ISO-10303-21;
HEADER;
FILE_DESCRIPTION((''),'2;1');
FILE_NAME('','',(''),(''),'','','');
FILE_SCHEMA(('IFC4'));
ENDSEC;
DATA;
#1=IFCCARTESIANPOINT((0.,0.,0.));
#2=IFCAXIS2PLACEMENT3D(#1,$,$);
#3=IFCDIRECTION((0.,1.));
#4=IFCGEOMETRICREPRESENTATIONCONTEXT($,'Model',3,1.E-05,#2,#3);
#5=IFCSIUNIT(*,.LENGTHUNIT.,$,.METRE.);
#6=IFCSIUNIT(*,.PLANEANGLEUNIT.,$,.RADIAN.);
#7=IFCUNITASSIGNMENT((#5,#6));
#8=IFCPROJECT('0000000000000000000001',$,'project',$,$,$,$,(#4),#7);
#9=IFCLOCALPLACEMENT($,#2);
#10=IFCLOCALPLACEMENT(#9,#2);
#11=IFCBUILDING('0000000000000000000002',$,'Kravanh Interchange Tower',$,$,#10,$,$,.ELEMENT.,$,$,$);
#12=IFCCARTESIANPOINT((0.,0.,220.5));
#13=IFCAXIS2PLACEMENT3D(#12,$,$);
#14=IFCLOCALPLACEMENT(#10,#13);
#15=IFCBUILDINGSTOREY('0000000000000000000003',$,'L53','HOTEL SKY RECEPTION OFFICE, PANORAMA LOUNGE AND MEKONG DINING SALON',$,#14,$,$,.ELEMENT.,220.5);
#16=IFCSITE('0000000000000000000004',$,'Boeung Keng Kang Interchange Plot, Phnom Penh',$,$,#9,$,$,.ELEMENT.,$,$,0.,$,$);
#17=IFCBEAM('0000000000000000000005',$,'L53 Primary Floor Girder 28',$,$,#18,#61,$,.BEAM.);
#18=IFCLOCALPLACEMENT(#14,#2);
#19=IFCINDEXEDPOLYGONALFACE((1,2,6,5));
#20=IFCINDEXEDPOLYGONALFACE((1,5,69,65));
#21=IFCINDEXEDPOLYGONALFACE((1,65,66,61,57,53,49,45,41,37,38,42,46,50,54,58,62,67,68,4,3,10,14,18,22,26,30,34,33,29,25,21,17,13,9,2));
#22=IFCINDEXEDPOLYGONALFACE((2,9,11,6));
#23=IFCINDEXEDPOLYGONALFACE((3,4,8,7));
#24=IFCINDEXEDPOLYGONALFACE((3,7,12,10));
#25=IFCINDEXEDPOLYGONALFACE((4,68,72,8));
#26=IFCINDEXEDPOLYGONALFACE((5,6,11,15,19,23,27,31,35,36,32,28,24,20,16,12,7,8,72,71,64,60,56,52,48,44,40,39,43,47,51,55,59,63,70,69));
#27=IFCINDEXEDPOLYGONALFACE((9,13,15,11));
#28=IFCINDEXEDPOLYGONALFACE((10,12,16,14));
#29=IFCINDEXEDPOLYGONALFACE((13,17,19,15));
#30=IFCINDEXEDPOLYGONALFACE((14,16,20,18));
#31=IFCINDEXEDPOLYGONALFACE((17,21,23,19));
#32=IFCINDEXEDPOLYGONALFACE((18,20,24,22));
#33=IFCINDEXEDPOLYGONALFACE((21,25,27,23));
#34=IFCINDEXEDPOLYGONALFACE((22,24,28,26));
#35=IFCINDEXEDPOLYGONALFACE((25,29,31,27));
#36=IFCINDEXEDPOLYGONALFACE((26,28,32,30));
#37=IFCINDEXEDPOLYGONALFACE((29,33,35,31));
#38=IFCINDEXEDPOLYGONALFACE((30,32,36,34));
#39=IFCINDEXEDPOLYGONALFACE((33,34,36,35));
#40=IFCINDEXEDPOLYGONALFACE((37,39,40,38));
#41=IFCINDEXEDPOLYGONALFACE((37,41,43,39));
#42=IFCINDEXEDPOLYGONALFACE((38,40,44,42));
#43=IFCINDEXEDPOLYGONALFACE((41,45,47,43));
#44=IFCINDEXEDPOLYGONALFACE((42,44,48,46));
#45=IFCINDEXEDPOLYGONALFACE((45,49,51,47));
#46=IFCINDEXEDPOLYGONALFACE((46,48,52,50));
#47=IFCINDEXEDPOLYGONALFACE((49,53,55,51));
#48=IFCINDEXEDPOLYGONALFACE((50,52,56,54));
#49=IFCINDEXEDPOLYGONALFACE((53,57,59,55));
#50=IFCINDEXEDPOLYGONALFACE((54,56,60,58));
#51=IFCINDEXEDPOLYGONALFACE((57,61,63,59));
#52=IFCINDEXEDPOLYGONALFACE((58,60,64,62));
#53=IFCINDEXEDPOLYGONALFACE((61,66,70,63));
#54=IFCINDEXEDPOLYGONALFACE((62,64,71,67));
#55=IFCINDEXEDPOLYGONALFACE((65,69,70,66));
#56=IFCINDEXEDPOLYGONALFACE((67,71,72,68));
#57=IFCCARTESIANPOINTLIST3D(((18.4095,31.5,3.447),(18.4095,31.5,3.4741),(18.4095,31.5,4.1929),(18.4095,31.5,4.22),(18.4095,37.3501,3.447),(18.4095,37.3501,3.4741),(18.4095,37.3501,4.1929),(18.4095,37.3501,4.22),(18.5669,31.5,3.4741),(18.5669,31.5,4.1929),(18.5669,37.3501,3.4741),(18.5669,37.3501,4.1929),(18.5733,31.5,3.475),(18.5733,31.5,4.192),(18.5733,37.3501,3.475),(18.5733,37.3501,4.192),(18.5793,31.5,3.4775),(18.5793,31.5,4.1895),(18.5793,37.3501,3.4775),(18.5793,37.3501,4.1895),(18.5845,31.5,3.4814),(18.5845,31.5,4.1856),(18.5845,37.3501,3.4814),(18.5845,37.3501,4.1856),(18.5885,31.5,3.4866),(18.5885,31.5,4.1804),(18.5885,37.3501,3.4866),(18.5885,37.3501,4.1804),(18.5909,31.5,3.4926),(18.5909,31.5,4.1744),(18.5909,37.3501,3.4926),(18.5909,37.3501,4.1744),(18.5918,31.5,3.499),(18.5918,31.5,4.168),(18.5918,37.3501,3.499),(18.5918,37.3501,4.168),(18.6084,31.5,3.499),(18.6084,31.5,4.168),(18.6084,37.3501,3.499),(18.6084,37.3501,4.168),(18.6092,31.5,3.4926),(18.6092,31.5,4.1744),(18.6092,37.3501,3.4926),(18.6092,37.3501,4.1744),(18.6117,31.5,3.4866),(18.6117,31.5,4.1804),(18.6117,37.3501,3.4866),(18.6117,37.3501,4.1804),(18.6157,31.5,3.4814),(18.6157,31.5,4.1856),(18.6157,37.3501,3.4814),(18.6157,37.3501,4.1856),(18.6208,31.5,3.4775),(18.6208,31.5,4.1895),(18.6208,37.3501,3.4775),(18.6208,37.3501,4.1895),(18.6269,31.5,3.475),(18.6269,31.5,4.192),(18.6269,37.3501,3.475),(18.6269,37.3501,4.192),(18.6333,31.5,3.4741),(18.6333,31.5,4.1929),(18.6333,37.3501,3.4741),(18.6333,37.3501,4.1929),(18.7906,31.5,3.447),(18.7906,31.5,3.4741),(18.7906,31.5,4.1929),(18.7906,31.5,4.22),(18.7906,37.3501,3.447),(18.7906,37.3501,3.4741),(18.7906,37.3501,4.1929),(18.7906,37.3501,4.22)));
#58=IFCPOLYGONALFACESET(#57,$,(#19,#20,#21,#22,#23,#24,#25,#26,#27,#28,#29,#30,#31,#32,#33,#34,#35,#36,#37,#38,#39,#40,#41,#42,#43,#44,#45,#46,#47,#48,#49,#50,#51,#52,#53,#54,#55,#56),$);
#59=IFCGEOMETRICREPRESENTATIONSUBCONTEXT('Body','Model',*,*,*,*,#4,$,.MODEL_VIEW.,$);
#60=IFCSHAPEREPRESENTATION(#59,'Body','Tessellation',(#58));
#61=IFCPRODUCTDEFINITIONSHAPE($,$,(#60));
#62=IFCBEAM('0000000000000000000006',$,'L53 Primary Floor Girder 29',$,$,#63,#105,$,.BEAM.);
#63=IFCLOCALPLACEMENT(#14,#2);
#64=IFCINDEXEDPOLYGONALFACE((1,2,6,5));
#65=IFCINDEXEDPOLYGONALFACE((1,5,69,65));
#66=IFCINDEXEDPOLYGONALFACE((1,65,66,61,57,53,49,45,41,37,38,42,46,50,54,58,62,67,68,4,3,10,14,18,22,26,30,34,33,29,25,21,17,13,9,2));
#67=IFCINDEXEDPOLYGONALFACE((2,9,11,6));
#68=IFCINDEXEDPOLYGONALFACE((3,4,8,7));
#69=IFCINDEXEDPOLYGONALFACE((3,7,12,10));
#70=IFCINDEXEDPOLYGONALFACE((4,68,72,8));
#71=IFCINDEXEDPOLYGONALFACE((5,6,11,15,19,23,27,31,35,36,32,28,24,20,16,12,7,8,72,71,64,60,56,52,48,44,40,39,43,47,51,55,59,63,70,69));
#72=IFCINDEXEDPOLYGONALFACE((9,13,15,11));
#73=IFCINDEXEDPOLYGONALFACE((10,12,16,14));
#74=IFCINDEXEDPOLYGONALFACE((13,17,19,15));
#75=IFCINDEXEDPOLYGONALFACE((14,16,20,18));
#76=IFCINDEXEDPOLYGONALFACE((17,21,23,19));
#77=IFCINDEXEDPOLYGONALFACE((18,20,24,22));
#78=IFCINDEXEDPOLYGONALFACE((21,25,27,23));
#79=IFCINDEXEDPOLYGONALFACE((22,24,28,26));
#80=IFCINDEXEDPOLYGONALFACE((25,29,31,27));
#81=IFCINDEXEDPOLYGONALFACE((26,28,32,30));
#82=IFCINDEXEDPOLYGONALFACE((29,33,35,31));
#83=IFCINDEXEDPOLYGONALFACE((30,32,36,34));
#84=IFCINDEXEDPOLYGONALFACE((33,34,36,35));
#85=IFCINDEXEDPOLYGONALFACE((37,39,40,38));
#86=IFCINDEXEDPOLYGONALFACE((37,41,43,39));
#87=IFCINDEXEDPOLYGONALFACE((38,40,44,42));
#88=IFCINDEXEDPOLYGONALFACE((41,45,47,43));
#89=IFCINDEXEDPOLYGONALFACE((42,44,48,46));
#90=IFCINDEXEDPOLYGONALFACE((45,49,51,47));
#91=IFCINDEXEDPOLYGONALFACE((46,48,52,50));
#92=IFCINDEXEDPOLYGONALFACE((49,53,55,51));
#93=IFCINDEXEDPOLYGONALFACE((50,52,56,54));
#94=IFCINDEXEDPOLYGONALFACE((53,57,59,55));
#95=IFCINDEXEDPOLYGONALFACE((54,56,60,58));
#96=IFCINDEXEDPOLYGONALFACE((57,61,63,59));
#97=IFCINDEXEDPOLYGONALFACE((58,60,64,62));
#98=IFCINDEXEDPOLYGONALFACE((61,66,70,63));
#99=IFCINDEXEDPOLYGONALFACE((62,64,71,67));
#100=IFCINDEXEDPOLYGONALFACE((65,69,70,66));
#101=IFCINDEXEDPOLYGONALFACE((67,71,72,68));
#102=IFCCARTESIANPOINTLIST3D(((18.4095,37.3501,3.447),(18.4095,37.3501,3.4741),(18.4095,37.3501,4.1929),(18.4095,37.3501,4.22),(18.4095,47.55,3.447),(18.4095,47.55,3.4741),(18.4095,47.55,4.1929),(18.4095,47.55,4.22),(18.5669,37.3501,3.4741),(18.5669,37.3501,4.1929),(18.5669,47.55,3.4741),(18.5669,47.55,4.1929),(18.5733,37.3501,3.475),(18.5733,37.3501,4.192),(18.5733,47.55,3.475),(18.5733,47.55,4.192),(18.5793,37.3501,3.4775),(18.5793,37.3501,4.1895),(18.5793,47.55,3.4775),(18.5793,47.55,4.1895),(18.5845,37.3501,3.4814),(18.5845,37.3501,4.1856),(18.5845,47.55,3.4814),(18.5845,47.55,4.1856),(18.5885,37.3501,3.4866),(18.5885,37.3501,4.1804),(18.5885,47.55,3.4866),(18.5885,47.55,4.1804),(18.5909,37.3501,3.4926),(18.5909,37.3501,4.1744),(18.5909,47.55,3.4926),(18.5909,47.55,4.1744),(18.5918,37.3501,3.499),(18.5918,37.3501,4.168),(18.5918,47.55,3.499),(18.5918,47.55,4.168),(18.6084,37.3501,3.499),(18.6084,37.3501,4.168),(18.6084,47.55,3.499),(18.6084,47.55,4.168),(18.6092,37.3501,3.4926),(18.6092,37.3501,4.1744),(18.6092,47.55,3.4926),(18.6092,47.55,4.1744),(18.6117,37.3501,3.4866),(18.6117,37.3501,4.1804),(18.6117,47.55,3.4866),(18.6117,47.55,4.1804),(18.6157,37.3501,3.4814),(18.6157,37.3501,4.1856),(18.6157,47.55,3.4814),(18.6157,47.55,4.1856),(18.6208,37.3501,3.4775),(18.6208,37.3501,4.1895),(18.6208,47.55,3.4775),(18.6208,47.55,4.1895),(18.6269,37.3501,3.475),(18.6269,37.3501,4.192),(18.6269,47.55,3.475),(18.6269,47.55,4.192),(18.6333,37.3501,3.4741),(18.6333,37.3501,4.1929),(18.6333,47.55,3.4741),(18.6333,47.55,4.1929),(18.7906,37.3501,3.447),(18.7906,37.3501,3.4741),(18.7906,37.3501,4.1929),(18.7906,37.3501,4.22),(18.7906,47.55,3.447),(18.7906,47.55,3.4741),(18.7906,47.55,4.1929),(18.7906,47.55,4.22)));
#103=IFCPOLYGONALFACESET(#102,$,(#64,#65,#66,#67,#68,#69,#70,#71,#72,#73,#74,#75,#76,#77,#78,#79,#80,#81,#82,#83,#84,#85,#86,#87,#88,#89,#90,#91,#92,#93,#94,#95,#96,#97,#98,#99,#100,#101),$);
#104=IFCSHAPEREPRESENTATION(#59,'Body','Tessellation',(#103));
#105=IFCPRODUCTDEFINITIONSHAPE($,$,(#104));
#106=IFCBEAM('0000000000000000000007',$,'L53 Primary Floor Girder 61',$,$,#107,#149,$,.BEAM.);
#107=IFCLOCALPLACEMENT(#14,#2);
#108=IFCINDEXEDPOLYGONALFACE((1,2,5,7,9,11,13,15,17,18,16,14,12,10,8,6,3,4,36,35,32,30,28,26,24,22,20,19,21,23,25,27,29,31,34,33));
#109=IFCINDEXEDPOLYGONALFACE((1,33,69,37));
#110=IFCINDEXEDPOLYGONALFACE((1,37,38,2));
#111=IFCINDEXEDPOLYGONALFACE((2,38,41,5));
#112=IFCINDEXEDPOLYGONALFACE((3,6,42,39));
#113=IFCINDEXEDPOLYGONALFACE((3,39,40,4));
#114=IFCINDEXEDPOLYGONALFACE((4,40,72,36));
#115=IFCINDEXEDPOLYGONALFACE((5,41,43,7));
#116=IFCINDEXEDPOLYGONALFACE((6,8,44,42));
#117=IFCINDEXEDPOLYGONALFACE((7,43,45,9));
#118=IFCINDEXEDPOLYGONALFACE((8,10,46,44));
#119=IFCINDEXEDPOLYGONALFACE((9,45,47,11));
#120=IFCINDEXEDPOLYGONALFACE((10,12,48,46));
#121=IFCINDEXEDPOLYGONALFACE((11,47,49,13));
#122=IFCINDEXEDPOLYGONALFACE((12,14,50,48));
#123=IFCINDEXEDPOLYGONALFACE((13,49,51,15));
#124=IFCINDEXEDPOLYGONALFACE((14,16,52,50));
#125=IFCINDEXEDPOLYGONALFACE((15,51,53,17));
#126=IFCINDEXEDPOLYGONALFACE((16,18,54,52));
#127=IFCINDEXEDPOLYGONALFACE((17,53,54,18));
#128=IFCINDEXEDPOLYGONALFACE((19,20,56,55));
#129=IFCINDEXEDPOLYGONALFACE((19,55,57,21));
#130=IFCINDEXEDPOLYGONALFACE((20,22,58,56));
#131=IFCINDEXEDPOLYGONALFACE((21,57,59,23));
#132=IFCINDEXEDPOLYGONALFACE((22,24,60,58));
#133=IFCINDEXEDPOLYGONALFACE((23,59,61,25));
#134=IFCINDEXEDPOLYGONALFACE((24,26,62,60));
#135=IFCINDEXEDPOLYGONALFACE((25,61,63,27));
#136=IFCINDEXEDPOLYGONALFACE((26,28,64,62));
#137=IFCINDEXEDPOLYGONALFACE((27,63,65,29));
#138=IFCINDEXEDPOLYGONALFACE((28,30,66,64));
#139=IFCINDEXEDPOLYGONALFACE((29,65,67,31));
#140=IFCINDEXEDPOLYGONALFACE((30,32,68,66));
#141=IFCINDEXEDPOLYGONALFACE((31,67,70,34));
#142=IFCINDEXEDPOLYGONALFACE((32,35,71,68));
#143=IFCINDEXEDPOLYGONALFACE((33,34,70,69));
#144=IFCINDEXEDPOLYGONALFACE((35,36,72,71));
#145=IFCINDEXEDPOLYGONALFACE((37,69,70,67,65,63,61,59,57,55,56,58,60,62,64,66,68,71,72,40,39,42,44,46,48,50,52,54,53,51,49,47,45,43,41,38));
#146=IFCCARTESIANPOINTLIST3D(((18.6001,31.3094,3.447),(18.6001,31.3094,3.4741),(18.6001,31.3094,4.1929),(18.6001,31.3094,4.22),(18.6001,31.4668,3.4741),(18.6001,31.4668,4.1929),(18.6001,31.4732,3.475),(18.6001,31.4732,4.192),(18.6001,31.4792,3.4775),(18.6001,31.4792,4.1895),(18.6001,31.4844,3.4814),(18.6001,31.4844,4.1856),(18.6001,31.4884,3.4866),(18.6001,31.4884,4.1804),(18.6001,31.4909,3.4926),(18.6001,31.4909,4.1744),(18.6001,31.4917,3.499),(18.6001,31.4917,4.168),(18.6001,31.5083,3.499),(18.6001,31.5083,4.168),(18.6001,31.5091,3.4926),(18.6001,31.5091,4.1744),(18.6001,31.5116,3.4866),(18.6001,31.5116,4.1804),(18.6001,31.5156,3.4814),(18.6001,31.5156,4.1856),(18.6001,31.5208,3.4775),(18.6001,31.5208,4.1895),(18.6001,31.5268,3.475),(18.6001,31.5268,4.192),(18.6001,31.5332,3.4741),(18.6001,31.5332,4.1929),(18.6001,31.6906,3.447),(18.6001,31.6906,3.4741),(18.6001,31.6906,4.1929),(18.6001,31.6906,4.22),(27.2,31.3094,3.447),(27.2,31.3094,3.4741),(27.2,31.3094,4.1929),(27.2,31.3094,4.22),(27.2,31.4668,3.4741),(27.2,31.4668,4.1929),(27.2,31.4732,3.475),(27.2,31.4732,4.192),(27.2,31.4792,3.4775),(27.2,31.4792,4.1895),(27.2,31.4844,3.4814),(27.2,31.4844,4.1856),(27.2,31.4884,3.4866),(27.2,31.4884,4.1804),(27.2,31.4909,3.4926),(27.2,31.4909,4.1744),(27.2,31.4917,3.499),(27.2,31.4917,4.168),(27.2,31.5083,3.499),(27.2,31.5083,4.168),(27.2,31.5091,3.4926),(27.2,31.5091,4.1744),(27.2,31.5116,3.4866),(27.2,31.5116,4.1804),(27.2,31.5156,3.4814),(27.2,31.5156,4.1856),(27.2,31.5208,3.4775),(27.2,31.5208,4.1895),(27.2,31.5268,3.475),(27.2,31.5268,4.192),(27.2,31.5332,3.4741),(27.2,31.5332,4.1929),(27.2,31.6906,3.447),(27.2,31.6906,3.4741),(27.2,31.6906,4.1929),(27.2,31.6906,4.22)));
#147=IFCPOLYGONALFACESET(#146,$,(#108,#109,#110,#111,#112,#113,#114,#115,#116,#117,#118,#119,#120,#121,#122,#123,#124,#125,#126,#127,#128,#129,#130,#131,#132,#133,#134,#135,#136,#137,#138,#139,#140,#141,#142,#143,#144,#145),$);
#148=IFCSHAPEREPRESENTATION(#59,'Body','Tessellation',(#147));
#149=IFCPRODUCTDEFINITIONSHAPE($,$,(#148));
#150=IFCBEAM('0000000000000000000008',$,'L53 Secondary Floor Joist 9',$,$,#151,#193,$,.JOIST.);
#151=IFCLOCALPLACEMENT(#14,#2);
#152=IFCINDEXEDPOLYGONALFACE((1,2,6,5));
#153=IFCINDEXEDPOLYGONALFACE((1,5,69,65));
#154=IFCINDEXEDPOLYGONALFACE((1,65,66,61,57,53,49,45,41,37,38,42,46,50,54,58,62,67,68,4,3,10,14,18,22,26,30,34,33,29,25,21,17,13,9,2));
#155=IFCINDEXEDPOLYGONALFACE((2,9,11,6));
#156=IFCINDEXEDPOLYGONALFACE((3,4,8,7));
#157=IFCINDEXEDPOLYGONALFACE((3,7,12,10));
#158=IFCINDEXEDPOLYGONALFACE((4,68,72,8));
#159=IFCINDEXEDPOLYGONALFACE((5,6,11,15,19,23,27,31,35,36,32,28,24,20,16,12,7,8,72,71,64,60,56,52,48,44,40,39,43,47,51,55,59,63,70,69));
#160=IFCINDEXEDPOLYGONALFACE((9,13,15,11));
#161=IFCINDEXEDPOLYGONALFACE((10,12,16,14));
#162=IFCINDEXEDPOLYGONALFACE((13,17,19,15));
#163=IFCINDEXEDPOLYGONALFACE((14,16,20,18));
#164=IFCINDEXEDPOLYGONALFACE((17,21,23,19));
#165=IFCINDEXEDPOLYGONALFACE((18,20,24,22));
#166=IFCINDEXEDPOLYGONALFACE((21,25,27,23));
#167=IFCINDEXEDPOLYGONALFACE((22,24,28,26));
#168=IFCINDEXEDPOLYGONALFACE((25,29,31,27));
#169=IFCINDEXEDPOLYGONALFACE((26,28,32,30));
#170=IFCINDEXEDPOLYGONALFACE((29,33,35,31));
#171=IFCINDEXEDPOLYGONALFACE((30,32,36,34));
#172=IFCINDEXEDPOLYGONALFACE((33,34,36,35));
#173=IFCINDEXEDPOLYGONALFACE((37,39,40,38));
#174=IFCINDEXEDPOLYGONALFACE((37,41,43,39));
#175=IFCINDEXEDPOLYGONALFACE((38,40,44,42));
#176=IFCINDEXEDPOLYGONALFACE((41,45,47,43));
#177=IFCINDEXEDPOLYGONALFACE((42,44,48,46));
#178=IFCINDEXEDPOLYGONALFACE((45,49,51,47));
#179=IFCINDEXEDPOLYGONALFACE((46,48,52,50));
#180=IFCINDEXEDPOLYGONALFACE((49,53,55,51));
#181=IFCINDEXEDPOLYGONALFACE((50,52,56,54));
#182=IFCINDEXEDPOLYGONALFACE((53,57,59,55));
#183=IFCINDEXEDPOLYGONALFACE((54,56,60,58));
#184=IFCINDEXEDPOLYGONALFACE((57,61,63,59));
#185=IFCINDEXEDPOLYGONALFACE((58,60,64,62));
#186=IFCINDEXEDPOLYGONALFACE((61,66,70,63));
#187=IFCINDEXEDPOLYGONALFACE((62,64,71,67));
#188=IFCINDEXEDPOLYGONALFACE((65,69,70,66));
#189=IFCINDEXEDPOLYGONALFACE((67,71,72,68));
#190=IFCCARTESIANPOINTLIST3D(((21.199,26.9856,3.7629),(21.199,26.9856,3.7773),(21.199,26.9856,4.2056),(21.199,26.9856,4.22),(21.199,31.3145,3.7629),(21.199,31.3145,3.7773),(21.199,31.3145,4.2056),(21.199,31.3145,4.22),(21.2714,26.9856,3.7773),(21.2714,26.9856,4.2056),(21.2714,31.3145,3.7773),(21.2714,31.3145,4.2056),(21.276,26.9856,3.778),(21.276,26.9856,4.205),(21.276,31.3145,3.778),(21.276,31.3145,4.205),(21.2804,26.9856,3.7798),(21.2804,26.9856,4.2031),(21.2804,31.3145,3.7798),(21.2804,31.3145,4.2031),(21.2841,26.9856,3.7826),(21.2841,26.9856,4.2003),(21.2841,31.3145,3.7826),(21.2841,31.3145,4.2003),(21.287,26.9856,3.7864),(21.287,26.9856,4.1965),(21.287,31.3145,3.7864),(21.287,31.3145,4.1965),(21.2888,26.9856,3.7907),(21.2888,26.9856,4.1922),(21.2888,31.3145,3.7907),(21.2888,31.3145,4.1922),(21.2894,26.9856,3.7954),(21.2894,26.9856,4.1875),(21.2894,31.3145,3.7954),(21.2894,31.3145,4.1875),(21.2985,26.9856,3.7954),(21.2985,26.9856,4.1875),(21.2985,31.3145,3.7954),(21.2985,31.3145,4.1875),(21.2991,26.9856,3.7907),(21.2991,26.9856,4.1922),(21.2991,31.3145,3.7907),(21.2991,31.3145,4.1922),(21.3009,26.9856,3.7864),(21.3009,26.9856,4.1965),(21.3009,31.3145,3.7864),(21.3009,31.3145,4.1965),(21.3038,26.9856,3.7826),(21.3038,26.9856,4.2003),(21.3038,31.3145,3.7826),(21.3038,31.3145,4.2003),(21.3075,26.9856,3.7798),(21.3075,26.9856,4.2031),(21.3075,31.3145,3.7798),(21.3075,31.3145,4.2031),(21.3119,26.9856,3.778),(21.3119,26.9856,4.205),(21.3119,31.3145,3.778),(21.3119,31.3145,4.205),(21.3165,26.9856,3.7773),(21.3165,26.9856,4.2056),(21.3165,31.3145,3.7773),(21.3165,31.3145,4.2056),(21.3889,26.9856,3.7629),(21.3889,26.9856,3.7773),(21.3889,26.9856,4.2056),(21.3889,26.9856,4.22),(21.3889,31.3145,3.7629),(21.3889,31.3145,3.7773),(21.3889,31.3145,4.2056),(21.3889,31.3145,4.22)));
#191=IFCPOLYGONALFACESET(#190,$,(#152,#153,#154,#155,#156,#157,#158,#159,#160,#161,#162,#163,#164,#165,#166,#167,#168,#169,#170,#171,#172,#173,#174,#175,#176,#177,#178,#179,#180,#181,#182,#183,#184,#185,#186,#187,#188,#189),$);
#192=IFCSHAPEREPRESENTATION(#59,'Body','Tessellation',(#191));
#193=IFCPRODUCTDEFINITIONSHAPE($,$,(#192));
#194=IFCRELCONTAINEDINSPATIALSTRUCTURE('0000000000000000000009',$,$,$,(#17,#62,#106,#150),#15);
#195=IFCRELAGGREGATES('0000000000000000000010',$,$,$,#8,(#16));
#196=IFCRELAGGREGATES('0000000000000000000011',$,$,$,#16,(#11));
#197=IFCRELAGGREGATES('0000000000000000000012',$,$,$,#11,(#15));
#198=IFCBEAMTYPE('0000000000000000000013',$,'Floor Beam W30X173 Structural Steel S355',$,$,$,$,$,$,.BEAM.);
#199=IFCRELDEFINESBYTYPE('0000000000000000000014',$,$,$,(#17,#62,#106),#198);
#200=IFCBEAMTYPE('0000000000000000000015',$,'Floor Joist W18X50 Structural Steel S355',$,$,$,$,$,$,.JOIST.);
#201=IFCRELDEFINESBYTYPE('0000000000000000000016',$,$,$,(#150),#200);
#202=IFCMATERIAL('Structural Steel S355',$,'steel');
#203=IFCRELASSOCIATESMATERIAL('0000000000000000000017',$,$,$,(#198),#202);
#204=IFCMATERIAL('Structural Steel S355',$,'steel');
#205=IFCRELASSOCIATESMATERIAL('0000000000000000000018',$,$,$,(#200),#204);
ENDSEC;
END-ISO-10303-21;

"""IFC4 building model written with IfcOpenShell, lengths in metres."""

from ifc_helpers import new_model, si_unit, direction, frame, origin, origin_2d, place, context, subcontext, project, spatial, i_section, extrude, material, material_profile, profile_set, type_object, element, save


model = new_model("IFC4")

# Units and contexts
model_context = context("Model", 3, precision=1e-05, world=origin(), true_north=direction((0.0, 1.0)))
body_context = subcontext(model_context, "Body", "Model", "MODEL_VIEW")
ifc_project = project(units=[si_unit("LENGTHUNIT", "METRE"), si_unit("PLANEANGLEUNIT", "RADIAN")], contexts=[model_context])

# Site, building, storey
site_placement = place(None, origin())
site = spatial("IfcSite", under=ifc_project, at=site_placement, Name="Boeung Keng Kang Interchange Plot, Phnom Penh", CompositionType="ELEMENT", RefElevation=0.0)
building_placement = place(site_placement, origin())
building = spatial("IfcBuilding", under=site, at=building_placement, Name="Kravanh Interchange Tower", CompositionType="ELEMENT")
storey_placement = place(building_placement, frame((0.0, 0.0, 220.5)))
storey = spatial("IfcBuildingStorey", under=building, at=storey_placement, Name="L53", Description="HOTEL SKY RECEPTION OFFICE, PANORAMA LOUNGE AND MEKONG DINING SALON", CompositionType="ELEMENT", Elevation=220.5)

# Beams
ifc_material_1 = material(Name="Structural Steel S355", Category="steel")
ifc_material_profile_1 = material_profile(ifc_material_1, i_section(OverallWidth=0.3811, OverallDepth=0.7729, WebThickness=0.0166, FlangeThickness=0.0271, FilletRadius=0.0249, at=origin_2d()), Name="W30X173")
ifc_profile_set_1 = profile_set([ifc_material_profile_1], Name="Structural Steel S355")
beam_type_1 = type_object("IfcBeamType", Name="Floor Beam W30X173 Structural Steel S355", PredefinedType="BEAM", material=ifc_profile_set_1)
beam_1_placement = place(storey_placement, frame((18.6001, 37.3501, 3.8335), z_axis=(0.0, -1.0, 0.0), x_axis=(1.0, 0.0, 0.0)))
element("IfcBeam", 1, at=beam_1_placement, inside=storey, type_object=beam_type_1, Name="L53 Primary Floor Girder 28", PredefinedType="BEAM", context=body_context, shape_type="SweptSolid", body=[
    extrude(i_section(OverallWidth=0.3811, OverallDepth=0.7729, WebThickness=0.0166, FlangeThickness=0.0271, FilletRadius=0.0249, at=origin_2d()), origin(), (0.0, 0.0, 1.0), 5.8501),
])
beam_2_placement = place(storey_placement, frame((18.6001, 37.3501, 3.8335), z_axis=(0.0, 1.0, 0.0), x_axis=(-1.0, 0.0, 0.0)))
element("IfcBeam", 2, at=beam_2_placement, inside=storey, type_object=beam_type_1, Name="L53 Primary Floor Girder 29", PredefinedType="BEAM", context=body_context, shape_type="SweptSolid", body=[
    extrude(i_section(OverallWidth=0.3811, OverallDepth=0.7729, WebThickness=0.0166, FlangeThickness=0.0271, FilletRadius=0.0249, at=origin_2d()), origin(), (0.0, 0.0, 1.0), 10.2),
])
beam_3_placement = place(storey_placement, frame((18.6001, 31.5, 3.8335), z_axis=(1.0, 0.0, 0.0), x_axis=(0.0, 1.0, 0.0)))
element("IfcBeam", 3, at=beam_3_placement, inside=storey, type_object=beam_type_1, Name="L53 Primary Floor Girder 61", PredefinedType="BEAM", context=body_context, shape_type="SweptSolid", body=[
    extrude(i_section(OverallWidth=0.3811, OverallDepth=0.7729, WebThickness=0.0166, FlangeThickness=0.0271, FilletRadius=0.0249, at=origin_2d()), origin(), (0.0, 0.0, 1.0), 8.5999),
])
ifc_material_2 = material(Name="Structural Steel S355", Category="steel")
ifc_material_profile_2 = material_profile(ifc_material_2, i_section(OverallWidth=0.1899, OverallDepth=0.457, WebThickness=0.009, FlangeThickness=0.0144, FilletRadius=0.0181, at=origin_2d()), Name="W18X50")
ifc_profile_set_2 = profile_set([ifc_material_profile_2], Name="Structural Steel S355")
beam_type_2 = type_object("IfcBeamType", Name="Floor Joist W18X50 Structural Steel S355", PredefinedType="JOIST", material=ifc_profile_set_2)
for number, where, z_axis, x_axis, name in (
    (4, (21.2939, 26.9856, 3.9915), (0.0, 1.0, 0.0), (-1.0, 0.0, 0.0), "L53 Secondary Floor Joist 9"),
):
    element("IfcBeam", number, at=place(storey_placement, frame(where, z_axis=z_axis, x_axis=x_axis)), inside=storey, type_object=beam_type_2, Name=name, PredefinedType="JOIST", context=body_context, shape_type="SweptSolid", body=[
        extrude(i_section(OverallWidth=0.1899, OverallDepth=0.457, WebThickness=0.009, FlangeThickness=0.0144, FilletRadius=0.0181, at=origin_2d()), origin(), (0.0, 0.0, 1.0), 4.3289),
    ])

save(model, "model.ifc")
